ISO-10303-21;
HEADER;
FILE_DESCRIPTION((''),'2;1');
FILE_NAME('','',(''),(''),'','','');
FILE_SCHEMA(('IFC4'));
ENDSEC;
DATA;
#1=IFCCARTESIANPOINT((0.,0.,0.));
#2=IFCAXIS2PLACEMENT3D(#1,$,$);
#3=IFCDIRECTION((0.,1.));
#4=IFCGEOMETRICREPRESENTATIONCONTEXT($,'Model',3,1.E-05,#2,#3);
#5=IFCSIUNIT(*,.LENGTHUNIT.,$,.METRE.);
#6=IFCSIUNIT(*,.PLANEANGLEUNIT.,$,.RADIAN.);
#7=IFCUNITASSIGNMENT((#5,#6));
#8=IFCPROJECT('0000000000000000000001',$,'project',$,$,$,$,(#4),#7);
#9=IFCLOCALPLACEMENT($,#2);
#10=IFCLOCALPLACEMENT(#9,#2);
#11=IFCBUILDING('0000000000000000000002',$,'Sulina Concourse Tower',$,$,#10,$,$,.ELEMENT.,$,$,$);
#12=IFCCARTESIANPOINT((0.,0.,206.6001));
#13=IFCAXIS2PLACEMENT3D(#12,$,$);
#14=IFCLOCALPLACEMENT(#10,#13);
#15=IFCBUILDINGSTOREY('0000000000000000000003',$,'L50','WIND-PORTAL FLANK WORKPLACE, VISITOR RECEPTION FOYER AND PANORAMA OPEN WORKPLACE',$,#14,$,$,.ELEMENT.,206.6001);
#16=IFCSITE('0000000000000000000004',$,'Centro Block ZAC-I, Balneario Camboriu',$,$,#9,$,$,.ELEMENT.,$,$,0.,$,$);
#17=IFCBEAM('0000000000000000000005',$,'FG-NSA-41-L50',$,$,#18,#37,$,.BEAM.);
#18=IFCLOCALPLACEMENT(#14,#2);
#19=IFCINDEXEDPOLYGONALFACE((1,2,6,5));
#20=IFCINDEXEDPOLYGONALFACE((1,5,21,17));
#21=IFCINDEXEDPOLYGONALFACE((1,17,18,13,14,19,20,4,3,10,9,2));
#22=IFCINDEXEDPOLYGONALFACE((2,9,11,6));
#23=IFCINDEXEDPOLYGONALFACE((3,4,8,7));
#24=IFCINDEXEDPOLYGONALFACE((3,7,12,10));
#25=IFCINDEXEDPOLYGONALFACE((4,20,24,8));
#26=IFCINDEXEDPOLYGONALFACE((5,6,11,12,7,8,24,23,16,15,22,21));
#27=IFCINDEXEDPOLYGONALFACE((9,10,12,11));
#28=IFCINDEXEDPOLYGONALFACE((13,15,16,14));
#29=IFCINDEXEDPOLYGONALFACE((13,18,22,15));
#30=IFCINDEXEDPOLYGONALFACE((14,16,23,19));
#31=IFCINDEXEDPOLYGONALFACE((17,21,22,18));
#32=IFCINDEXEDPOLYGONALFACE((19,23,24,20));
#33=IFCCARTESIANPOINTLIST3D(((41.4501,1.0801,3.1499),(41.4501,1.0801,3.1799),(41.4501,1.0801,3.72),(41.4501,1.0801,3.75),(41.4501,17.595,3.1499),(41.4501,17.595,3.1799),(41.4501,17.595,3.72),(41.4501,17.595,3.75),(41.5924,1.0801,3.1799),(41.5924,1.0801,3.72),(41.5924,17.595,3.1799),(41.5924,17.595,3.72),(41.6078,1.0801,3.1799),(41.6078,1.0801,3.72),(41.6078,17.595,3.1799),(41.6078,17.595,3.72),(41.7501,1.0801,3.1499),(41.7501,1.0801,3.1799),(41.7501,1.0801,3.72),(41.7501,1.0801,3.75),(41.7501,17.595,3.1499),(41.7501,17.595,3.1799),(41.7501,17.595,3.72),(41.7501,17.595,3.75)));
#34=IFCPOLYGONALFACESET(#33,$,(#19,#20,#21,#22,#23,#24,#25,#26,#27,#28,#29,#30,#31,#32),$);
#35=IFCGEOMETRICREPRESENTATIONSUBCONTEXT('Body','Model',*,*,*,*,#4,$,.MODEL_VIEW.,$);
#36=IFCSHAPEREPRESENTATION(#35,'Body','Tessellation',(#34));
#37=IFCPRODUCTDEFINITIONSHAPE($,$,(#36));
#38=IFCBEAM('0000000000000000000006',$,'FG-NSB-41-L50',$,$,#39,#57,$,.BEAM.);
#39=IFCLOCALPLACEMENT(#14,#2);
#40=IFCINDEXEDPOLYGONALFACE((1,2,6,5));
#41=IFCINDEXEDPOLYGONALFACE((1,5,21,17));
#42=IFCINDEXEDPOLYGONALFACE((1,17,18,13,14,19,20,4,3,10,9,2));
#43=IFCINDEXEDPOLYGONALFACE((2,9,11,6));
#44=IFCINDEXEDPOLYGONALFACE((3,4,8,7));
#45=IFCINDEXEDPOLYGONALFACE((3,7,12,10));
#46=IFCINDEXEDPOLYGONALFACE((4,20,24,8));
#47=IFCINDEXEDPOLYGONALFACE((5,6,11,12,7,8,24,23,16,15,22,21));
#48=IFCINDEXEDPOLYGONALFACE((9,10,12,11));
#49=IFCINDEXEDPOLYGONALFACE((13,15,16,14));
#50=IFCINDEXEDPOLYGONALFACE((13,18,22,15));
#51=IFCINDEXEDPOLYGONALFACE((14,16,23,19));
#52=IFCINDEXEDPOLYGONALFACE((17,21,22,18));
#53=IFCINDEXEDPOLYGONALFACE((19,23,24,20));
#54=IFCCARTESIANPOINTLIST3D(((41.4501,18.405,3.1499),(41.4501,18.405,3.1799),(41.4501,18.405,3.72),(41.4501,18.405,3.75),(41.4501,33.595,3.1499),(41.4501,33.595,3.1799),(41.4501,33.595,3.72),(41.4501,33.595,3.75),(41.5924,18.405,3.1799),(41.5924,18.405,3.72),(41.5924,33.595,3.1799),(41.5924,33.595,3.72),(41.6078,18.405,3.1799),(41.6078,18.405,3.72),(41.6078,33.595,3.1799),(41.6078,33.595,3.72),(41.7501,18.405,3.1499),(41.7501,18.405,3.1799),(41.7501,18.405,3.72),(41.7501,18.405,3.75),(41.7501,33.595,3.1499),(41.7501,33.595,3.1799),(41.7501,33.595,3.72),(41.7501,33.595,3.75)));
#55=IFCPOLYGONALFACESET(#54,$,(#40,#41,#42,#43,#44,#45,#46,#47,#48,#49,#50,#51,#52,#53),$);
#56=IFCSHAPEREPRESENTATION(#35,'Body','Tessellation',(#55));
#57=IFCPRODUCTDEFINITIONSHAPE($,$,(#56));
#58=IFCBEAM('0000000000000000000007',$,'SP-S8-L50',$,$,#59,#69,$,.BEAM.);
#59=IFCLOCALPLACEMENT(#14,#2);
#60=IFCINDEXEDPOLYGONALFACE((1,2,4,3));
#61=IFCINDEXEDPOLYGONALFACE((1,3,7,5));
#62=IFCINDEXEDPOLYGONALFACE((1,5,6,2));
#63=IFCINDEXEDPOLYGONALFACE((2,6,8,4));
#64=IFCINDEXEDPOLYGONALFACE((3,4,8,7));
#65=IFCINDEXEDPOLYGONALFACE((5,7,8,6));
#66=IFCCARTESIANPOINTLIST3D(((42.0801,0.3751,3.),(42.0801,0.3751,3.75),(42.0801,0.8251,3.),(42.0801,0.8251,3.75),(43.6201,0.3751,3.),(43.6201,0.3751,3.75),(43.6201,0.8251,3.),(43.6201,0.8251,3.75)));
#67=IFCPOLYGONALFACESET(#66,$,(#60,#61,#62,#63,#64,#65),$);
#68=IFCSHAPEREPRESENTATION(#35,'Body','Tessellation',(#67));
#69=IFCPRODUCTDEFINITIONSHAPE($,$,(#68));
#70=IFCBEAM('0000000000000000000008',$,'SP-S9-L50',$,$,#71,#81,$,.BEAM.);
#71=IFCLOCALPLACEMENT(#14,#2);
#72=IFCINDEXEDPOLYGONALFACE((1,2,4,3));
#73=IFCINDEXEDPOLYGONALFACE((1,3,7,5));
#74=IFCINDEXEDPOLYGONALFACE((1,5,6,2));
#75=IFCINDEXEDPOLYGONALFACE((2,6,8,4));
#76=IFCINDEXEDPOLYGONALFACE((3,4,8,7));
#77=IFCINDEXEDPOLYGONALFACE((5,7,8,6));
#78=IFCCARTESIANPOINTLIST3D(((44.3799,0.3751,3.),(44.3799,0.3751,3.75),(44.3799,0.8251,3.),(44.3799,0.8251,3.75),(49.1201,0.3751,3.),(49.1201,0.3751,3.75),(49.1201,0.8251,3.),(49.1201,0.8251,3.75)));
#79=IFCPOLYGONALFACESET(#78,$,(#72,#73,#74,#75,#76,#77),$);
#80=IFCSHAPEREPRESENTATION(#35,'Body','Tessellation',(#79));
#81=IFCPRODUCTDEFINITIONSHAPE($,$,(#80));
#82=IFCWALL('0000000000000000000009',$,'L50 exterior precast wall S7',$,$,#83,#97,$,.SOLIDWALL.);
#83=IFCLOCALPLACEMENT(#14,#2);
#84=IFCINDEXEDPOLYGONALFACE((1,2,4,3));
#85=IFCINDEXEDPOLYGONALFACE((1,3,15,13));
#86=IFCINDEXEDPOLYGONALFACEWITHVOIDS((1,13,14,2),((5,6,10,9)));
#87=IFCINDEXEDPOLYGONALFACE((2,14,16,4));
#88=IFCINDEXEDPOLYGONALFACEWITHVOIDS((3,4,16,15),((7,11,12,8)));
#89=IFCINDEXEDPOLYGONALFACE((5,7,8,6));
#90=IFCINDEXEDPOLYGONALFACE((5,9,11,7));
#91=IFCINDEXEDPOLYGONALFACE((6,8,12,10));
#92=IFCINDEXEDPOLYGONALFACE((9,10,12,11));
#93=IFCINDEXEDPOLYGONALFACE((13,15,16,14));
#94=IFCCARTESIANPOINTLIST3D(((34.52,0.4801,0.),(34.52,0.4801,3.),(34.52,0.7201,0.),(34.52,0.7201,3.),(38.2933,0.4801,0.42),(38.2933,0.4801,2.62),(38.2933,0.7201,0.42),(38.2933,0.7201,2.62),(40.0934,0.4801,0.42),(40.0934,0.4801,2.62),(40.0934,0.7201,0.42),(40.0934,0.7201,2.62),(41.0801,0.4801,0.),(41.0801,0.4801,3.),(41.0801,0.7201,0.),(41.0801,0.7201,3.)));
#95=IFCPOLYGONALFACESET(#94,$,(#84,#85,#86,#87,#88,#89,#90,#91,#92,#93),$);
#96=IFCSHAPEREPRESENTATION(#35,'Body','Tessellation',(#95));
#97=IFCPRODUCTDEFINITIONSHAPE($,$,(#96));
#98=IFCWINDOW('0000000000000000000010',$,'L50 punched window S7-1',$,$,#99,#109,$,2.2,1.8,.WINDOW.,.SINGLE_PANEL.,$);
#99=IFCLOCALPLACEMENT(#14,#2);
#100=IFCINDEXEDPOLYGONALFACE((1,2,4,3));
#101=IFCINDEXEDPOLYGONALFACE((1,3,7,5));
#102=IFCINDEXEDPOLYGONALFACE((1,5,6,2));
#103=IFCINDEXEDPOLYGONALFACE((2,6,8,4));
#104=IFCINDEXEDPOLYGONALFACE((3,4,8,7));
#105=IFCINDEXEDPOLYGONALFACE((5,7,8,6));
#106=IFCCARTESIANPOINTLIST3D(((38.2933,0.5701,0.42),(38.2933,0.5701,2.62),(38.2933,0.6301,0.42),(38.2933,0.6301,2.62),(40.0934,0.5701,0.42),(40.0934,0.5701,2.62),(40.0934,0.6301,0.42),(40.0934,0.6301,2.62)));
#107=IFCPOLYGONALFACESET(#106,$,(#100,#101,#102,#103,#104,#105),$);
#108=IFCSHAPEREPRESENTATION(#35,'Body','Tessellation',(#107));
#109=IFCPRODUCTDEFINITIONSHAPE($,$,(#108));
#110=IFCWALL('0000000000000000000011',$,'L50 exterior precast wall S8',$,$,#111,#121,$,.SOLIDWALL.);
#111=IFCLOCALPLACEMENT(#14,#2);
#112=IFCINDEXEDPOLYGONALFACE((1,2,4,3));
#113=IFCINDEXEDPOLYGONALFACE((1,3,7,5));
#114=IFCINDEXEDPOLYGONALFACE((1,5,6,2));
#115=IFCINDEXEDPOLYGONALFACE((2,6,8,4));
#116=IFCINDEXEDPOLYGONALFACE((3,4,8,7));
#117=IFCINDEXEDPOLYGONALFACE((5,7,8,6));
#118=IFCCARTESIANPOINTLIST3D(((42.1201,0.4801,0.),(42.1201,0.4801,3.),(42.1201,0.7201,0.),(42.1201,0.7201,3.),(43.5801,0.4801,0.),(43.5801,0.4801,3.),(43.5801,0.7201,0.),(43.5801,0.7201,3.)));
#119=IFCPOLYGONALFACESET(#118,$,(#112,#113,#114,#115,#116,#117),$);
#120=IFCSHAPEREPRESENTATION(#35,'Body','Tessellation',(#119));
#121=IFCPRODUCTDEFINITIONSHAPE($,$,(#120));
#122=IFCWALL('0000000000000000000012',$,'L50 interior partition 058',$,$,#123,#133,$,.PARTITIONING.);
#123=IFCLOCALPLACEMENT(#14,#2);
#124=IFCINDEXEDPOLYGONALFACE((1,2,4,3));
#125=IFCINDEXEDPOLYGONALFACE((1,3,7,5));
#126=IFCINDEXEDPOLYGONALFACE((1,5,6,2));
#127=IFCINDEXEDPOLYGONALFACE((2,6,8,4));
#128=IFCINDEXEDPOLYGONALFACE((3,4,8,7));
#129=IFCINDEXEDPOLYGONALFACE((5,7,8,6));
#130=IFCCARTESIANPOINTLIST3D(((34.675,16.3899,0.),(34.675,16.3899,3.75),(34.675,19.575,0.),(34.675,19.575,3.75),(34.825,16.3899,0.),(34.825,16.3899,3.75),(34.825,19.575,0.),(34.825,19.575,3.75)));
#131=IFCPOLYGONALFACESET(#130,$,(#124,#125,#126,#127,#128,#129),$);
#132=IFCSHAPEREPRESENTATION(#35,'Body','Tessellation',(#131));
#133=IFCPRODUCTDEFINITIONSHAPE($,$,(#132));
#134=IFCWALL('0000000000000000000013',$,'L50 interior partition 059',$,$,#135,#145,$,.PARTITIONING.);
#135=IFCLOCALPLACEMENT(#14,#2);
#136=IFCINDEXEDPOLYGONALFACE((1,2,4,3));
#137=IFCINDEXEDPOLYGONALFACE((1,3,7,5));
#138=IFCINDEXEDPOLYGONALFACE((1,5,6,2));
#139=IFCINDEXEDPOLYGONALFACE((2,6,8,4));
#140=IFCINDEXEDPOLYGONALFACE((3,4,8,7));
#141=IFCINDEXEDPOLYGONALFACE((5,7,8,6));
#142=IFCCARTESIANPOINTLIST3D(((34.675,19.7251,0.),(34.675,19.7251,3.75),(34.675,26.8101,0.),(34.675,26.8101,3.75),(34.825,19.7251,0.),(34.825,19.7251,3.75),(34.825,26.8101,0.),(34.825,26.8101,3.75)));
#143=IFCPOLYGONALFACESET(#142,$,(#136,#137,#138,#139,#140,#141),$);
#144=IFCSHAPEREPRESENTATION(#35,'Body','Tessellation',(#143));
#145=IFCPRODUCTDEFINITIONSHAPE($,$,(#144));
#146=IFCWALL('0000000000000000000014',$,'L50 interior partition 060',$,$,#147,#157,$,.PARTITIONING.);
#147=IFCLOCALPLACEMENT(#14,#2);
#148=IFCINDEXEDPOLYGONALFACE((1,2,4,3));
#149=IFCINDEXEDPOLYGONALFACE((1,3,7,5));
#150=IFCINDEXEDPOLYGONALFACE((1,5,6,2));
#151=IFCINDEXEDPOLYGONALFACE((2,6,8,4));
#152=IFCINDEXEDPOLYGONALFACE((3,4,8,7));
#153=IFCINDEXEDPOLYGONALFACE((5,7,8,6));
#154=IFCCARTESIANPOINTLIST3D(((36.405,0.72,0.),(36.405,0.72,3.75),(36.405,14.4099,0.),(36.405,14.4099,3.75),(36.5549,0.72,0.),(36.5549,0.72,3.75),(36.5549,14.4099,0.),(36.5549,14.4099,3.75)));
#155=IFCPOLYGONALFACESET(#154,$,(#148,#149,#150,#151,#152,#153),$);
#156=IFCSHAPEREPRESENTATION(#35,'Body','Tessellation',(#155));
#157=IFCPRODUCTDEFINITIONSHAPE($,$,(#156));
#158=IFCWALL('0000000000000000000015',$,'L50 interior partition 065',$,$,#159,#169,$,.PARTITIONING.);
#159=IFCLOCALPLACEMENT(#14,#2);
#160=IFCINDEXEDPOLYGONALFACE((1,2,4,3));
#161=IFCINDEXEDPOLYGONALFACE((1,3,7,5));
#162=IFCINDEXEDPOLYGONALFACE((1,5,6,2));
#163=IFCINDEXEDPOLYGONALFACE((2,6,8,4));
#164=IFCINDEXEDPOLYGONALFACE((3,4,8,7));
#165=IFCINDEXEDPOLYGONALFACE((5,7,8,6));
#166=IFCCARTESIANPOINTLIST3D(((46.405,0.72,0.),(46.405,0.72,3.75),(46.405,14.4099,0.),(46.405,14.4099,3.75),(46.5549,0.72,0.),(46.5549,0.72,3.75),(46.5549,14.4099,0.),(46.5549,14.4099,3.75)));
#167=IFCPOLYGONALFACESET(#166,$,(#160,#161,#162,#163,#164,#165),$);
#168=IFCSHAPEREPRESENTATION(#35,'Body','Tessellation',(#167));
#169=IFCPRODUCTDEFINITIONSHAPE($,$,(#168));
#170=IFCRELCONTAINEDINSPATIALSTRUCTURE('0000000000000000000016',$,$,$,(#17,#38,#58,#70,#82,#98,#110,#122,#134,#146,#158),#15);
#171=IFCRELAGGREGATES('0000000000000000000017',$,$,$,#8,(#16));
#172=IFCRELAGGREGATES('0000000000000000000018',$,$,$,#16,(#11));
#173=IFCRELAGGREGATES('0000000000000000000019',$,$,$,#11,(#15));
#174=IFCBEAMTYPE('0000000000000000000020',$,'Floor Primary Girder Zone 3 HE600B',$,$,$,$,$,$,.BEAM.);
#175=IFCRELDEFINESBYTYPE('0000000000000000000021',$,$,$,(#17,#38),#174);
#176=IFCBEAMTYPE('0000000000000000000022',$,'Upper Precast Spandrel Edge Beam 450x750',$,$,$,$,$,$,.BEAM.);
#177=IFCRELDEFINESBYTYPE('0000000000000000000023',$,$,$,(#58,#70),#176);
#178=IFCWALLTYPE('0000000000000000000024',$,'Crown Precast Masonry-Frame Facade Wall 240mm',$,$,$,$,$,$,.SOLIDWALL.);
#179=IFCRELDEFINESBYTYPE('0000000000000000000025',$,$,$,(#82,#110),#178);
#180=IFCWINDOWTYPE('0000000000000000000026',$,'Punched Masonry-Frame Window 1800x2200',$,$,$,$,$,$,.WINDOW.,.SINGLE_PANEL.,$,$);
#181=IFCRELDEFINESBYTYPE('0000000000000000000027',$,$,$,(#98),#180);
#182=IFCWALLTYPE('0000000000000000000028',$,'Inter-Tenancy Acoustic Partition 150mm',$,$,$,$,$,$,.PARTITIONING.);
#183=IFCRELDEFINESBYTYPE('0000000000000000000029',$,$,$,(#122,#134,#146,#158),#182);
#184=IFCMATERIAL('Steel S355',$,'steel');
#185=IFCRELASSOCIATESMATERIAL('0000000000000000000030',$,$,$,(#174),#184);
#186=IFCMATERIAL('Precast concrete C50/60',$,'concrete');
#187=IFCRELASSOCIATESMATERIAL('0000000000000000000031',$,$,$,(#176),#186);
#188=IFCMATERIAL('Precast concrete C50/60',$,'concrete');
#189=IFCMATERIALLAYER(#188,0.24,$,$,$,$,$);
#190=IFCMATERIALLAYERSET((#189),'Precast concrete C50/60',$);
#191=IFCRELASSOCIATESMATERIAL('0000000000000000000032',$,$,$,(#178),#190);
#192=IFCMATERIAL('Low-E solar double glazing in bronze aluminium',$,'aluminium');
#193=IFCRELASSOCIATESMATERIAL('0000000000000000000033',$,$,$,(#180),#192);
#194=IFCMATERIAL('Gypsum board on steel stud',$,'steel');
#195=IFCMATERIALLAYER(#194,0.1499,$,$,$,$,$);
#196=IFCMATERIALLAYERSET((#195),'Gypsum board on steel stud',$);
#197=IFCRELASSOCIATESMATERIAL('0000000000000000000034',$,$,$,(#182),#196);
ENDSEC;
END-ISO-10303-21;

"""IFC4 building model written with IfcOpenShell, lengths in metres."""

from ifc_helpers import new_model, si_unit, direction, frame, frame_2d, origin, origin_2d, place, context, subcontext, project, spatial, rectangle, i_section, extrude, material, layer, layer_set, material_profile, profile_set, type_object, element, fill, save


model = new_model("IFC4")

# Units and contexts
model_context = context("Model", 3, precision=1e-05, world=origin(), true_north=direction((0.0, 1.0)))
body_context = subcontext(model_context, "Body", "Model", "MODEL_VIEW")
ifc_project = project(units=[si_unit("LENGTHUNIT", "METRE"), si_unit("PLANEANGLEUNIT", "RADIAN")], contexts=[model_context])

# Site, building, storey
site_placement = place(None, origin())
site = spatial("IfcSite", under=ifc_project, at=site_placement, Name="Centro Block ZAC-I, Balneario Camboriu", CompositionType="ELEMENT", RefElevation=0.0)
building_placement = place(site_placement, origin())
building = spatial("IfcBuilding", under=site, at=building_placement, Name="Sulina Concourse Tower", CompositionType="ELEMENT")
storey_placement = place(building_placement, frame((0.0, 0.0, 206.6001)))
storey = spatial("IfcBuildingStorey", under=building, at=storey_placement, Name="L50", Description="WIND-PORTAL FLANK WORKPLACE, VISITOR RECEPTION FOYER AND PANORAMA OPEN WORKPLACE", CompositionType="ELEMENT", Elevation=206.6001)

# Beams
ifc_material_1 = material(Name="Steel S355", Category="steel")
ifc_material_profile_1 = material_profile(ifc_material_1, i_section(OverallWidth=0.3, OverallDepth=0.6001, WebThickness=0.0154, FlangeThickness=0.03, at=origin_2d()), Name="HE 600 B")
ifc_profile_set_1 = profile_set([ifc_material_profile_1], Name="Steel S355")
beam_type_1 = type_object("IfcBeamType", Name="Floor Primary Girder Zone 3 HE600B", PredefinedType="BEAM", material=ifc_profile_set_1)
beam_1_placement = place(storey_placement, frame((41.6001, 1.0801, 3.45), z_axis=(0.0, 1.0, 0.0), x_axis=(-1.0, 0.0, 0.0)))
element("IfcBeam", 1, at=beam_1_placement, inside=storey, type_object=beam_type_1, Name="FG-NSA-41-L50", PredefinedType="BEAM", context=body_context, shape_type="SweptSolid", body=[
    extrude(i_section(OverallWidth=0.3, OverallDepth=0.6001, WebThickness=0.0154, FlangeThickness=0.03, at=origin_2d()), origin(), (0.0, 0.0, 1.0), 16.5149),
])
beam_2_placement = place(storey_placement, frame((41.6001, 18.405, 3.45), z_axis=(0.0, 1.0, 0.0), x_axis=(-1.0, 0.0, 0.0)))
element("IfcBeam", 2, at=beam_2_placement, inside=storey, type_object=beam_type_1, Name="FG-NSB-41-L50", PredefinedType="BEAM", context=body_context, shape_type="SweptSolid", body=[
    extrude(i_section(OverallWidth=0.3, OverallDepth=0.6001, WebThickness=0.0154, FlangeThickness=0.03, at=origin_2d()), origin(), (0.0, 0.0, 1.0), 15.1899),
])
ifc_material_2 = material(Name="Precast concrete C50/60", Category="concrete")
ifc_material_profile_2 = material_profile(ifc_material_2, rectangle(XDim=0.45, YDim=0.75, at=origin_2d()), Name="RC 450x750")
ifc_profile_set_2 = profile_set([ifc_material_profile_2], Name="Precast concrete C50/60")
beam_type_2 = type_object("IfcBeamType", Name="Upper Precast Spandrel Edge Beam 450x750", PredefinedType="BEAM", material=ifc_profile_set_2)
beam_3_placement = place(storey_placement, frame((42.0801, 0.6001, 3.375), z_axis=(1.0, 0.0, 0.0), x_axis=(0.0, 1.0, 0.0)))
element("IfcBeam", 3, at=beam_3_placement, inside=storey, type_object=beam_type_2, Name="SP-S8-L50", PredefinedType="BEAM", context=body_context, shape_type="SweptSolid", body=[
    extrude(rectangle(XDim=0.45, YDim=0.75, at=origin_2d()), origin(), (0.0, 0.0, 1.0), 1.54),
])
beam_4_placement = place(storey_placement, frame((44.3799, 0.6001, 3.375), z_axis=(1.0, 0.0, 0.0), x_axis=(0.0, 1.0, 0.0)))
element("IfcBeam", 4, at=beam_4_placement, inside=storey, type_object=beam_type_2, Name="SP-S9-L50", PredefinedType="BEAM", context=body_context, shape_type="SweptSolid", body=[
    extrude(rectangle(XDim=0.45, YDim=0.75, at=origin_2d()), origin(), (0.0, 0.0, 1.0), 4.7402),
])

# Wall, opening, window
ifc_material_3 = material(Name="Precast concrete C50/60", Category="concrete")
ifc_layer_1 = layer(ifc_material_3, 0.24)
ifc_layer_set_1 = layer_set([ifc_layer_1], Name="Precast concrete C50/60")
wall_type_1 = type_object("IfcWallType", Name="Crown Precast Masonry-Frame Facade Wall 240mm", PredefinedType="SOLIDWALL", material=ifc_layer_set_1)
wall_1_placement = place(storey_placement, frame((41.0801, 0.6001, 0.0), z_axis=(0.0, 0.0, 1.0), x_axis=(-1.0, 0.0, 0.0)))
wall_1 = element("IfcWall", 5, at=wall_1_placement, inside=storey, type_object=wall_type_1, Name="L50 exterior precast wall S7", PredefinedType="SOLIDWALL", context=body_context, shape_type="SweptSolid", body=[
    extrude(rectangle(XDim=6.5601, YDim=0.24, at=frame_2d((3.28, 0.0))), origin(), (0.0, 0.0, 1.0), 3.0),
])
opening_1_placement = place(wall_1_placement, frame((0.9868, 0.0, 0.4199)))
opening_1 = element("IfcOpeningElement", 6, at=opening_1_placement, cuts=wall_1, PredefinedType="OPENING", context=body_context, shape_type="SweptSolid", body=[
    extrude(rectangle(XDim=1.8, YDim=2.2, at=frame_2d((0.8999, 1.1001))), frame((0.0, 0.1299, 0.0), z_axis=(0.0, -1.0, 0.0), x_axis=(1.0, 0.0, 0.0)), (0.0, 0.0, 1.0), 0.26),
])
ifc_material_4 = material(Name="Low-E solar double glazing in bronze aluminium", Category="aluminium")
window_type = type_object("IfcWindowType", Name="Punched Masonry-Frame Window 1800x2200", PartitioningType="SINGLE_PANEL", PredefinedType="WINDOW", material=ifc_material_4)
window_placement = place(opening_1_placement, origin())
window = element("IfcWindow", 7, at=window_placement, inside=storey, type_object=window_type, Name="L50 punched window S7-1", OverallHeight=2.2, OverallWidth=1.8, PartitioningType="SINGLE_PANEL", PredefinedType="WINDOW", context=body_context, shape_type="SweptSolid", body=[
    extrude(rectangle(XDim=1.8, YDim=2.2, at=frame_2d((0.8999, 1.1001))), frame((0.0, 0.03, 0.0), z_axis=(0.0, -1.0, 0.0), x_axis=(1.0, 0.0, 0.0)), (0.0, 0.0, 1.0), 0.0601),
])
fill(opening_1, window)

# Walls
wall_2_placement = place(storey_placement, frame((43.5801, 0.6001, 0.0), z_axis=(0.0, 0.0, 1.0), x_axis=(-1.0, 0.0, 0.0)))
element("IfcWall", 8, at=wall_2_placement, inside=storey, type_object=wall_type_1, Name="L50 exterior precast wall S8", PredefinedType="SOLIDWALL", context=body_context, shape_type="SweptSolid", body=[
    extrude(rectangle(XDim=1.46, YDim=0.24, at=frame_2d((0.73, 0.0))), origin(), (0.0, 0.0, 1.0), 3.0),
])
ifc_material_5 = material(Name="Gypsum board on steel stud", Category="steel")
ifc_layer_2 = layer(ifc_material_5, 0.1499)
ifc_layer_set_2 = layer_set([ifc_layer_2], Name="Gypsum board on steel stud")
wall_type_2 = type_object("IfcWallType", Name="Inter-Tenancy Acoustic Partition 150mm", PredefinedType="PARTITIONING", material=ifc_layer_set_2)
wall_3_placement = place(storey_placement, frame((34.75, 16.3899, 0.0), z_axis=(0.0, 0.0, 1.0), x_axis=(0.0, 1.0, 0.0)))
element("IfcWall", 9, at=wall_3_placement, inside=storey, type_object=wall_type_2, Name="L50 interior partition 058", PredefinedType="PARTITIONING", context=body_context, shape_type="SweptSolid", body=[
    extrude(rectangle(XDim=3.1851, YDim=0.1499, at=frame_2d((1.5925, 0.0))), origin(), (0.0, 0.0, 1.0), 3.75),
])
wall_4_placement = place(storey_placement, frame((34.75, 19.7251, 0.0), z_axis=(0.0, 0.0, 1.0), x_axis=(0.0, 1.0, 0.0)))
element("IfcWall", 10, at=wall_4_placement, inside=storey, type_object=wall_type_2, Name="L50 interior partition 059", PredefinedType="PARTITIONING", context=body_context, shape_type="SweptSolid", body=[
    extrude(rectangle(XDim=7.085, YDim=0.1499, at=frame_2d((3.5425, 0.0))), origin(), (0.0, 0.0, 1.0), 3.75),
])
for number, where, z_axis, x_axis, name in (
    (11, (36.48, 0.72, 0.0), (0.0, 0.0, 1.0), (0.0, 1.0, 0.0), "L50 interior partition 060"),
    (12, (46.48, 0.72, 0.0), (0.0, 0.0, 1.0), (0.0, 1.0, 0.0), "L50 interior partition 065"),
):
    element("IfcWall", number, at=place(storey_placement, frame(where, z_axis=z_axis, x_axis=x_axis)), inside=storey, type_object=wall_type_2, Name=name, PredefinedType="PARTITIONING", context=body_context, shape_type="SweptSolid", body=[
        extrude(rectangle(XDim=13.6899, YDim=0.1499, at=frame_2d((6.845, 0.0))), origin(), (0.0, 0.0, 1.0), 3.75),
    ])

save(model, "model.ifc")
